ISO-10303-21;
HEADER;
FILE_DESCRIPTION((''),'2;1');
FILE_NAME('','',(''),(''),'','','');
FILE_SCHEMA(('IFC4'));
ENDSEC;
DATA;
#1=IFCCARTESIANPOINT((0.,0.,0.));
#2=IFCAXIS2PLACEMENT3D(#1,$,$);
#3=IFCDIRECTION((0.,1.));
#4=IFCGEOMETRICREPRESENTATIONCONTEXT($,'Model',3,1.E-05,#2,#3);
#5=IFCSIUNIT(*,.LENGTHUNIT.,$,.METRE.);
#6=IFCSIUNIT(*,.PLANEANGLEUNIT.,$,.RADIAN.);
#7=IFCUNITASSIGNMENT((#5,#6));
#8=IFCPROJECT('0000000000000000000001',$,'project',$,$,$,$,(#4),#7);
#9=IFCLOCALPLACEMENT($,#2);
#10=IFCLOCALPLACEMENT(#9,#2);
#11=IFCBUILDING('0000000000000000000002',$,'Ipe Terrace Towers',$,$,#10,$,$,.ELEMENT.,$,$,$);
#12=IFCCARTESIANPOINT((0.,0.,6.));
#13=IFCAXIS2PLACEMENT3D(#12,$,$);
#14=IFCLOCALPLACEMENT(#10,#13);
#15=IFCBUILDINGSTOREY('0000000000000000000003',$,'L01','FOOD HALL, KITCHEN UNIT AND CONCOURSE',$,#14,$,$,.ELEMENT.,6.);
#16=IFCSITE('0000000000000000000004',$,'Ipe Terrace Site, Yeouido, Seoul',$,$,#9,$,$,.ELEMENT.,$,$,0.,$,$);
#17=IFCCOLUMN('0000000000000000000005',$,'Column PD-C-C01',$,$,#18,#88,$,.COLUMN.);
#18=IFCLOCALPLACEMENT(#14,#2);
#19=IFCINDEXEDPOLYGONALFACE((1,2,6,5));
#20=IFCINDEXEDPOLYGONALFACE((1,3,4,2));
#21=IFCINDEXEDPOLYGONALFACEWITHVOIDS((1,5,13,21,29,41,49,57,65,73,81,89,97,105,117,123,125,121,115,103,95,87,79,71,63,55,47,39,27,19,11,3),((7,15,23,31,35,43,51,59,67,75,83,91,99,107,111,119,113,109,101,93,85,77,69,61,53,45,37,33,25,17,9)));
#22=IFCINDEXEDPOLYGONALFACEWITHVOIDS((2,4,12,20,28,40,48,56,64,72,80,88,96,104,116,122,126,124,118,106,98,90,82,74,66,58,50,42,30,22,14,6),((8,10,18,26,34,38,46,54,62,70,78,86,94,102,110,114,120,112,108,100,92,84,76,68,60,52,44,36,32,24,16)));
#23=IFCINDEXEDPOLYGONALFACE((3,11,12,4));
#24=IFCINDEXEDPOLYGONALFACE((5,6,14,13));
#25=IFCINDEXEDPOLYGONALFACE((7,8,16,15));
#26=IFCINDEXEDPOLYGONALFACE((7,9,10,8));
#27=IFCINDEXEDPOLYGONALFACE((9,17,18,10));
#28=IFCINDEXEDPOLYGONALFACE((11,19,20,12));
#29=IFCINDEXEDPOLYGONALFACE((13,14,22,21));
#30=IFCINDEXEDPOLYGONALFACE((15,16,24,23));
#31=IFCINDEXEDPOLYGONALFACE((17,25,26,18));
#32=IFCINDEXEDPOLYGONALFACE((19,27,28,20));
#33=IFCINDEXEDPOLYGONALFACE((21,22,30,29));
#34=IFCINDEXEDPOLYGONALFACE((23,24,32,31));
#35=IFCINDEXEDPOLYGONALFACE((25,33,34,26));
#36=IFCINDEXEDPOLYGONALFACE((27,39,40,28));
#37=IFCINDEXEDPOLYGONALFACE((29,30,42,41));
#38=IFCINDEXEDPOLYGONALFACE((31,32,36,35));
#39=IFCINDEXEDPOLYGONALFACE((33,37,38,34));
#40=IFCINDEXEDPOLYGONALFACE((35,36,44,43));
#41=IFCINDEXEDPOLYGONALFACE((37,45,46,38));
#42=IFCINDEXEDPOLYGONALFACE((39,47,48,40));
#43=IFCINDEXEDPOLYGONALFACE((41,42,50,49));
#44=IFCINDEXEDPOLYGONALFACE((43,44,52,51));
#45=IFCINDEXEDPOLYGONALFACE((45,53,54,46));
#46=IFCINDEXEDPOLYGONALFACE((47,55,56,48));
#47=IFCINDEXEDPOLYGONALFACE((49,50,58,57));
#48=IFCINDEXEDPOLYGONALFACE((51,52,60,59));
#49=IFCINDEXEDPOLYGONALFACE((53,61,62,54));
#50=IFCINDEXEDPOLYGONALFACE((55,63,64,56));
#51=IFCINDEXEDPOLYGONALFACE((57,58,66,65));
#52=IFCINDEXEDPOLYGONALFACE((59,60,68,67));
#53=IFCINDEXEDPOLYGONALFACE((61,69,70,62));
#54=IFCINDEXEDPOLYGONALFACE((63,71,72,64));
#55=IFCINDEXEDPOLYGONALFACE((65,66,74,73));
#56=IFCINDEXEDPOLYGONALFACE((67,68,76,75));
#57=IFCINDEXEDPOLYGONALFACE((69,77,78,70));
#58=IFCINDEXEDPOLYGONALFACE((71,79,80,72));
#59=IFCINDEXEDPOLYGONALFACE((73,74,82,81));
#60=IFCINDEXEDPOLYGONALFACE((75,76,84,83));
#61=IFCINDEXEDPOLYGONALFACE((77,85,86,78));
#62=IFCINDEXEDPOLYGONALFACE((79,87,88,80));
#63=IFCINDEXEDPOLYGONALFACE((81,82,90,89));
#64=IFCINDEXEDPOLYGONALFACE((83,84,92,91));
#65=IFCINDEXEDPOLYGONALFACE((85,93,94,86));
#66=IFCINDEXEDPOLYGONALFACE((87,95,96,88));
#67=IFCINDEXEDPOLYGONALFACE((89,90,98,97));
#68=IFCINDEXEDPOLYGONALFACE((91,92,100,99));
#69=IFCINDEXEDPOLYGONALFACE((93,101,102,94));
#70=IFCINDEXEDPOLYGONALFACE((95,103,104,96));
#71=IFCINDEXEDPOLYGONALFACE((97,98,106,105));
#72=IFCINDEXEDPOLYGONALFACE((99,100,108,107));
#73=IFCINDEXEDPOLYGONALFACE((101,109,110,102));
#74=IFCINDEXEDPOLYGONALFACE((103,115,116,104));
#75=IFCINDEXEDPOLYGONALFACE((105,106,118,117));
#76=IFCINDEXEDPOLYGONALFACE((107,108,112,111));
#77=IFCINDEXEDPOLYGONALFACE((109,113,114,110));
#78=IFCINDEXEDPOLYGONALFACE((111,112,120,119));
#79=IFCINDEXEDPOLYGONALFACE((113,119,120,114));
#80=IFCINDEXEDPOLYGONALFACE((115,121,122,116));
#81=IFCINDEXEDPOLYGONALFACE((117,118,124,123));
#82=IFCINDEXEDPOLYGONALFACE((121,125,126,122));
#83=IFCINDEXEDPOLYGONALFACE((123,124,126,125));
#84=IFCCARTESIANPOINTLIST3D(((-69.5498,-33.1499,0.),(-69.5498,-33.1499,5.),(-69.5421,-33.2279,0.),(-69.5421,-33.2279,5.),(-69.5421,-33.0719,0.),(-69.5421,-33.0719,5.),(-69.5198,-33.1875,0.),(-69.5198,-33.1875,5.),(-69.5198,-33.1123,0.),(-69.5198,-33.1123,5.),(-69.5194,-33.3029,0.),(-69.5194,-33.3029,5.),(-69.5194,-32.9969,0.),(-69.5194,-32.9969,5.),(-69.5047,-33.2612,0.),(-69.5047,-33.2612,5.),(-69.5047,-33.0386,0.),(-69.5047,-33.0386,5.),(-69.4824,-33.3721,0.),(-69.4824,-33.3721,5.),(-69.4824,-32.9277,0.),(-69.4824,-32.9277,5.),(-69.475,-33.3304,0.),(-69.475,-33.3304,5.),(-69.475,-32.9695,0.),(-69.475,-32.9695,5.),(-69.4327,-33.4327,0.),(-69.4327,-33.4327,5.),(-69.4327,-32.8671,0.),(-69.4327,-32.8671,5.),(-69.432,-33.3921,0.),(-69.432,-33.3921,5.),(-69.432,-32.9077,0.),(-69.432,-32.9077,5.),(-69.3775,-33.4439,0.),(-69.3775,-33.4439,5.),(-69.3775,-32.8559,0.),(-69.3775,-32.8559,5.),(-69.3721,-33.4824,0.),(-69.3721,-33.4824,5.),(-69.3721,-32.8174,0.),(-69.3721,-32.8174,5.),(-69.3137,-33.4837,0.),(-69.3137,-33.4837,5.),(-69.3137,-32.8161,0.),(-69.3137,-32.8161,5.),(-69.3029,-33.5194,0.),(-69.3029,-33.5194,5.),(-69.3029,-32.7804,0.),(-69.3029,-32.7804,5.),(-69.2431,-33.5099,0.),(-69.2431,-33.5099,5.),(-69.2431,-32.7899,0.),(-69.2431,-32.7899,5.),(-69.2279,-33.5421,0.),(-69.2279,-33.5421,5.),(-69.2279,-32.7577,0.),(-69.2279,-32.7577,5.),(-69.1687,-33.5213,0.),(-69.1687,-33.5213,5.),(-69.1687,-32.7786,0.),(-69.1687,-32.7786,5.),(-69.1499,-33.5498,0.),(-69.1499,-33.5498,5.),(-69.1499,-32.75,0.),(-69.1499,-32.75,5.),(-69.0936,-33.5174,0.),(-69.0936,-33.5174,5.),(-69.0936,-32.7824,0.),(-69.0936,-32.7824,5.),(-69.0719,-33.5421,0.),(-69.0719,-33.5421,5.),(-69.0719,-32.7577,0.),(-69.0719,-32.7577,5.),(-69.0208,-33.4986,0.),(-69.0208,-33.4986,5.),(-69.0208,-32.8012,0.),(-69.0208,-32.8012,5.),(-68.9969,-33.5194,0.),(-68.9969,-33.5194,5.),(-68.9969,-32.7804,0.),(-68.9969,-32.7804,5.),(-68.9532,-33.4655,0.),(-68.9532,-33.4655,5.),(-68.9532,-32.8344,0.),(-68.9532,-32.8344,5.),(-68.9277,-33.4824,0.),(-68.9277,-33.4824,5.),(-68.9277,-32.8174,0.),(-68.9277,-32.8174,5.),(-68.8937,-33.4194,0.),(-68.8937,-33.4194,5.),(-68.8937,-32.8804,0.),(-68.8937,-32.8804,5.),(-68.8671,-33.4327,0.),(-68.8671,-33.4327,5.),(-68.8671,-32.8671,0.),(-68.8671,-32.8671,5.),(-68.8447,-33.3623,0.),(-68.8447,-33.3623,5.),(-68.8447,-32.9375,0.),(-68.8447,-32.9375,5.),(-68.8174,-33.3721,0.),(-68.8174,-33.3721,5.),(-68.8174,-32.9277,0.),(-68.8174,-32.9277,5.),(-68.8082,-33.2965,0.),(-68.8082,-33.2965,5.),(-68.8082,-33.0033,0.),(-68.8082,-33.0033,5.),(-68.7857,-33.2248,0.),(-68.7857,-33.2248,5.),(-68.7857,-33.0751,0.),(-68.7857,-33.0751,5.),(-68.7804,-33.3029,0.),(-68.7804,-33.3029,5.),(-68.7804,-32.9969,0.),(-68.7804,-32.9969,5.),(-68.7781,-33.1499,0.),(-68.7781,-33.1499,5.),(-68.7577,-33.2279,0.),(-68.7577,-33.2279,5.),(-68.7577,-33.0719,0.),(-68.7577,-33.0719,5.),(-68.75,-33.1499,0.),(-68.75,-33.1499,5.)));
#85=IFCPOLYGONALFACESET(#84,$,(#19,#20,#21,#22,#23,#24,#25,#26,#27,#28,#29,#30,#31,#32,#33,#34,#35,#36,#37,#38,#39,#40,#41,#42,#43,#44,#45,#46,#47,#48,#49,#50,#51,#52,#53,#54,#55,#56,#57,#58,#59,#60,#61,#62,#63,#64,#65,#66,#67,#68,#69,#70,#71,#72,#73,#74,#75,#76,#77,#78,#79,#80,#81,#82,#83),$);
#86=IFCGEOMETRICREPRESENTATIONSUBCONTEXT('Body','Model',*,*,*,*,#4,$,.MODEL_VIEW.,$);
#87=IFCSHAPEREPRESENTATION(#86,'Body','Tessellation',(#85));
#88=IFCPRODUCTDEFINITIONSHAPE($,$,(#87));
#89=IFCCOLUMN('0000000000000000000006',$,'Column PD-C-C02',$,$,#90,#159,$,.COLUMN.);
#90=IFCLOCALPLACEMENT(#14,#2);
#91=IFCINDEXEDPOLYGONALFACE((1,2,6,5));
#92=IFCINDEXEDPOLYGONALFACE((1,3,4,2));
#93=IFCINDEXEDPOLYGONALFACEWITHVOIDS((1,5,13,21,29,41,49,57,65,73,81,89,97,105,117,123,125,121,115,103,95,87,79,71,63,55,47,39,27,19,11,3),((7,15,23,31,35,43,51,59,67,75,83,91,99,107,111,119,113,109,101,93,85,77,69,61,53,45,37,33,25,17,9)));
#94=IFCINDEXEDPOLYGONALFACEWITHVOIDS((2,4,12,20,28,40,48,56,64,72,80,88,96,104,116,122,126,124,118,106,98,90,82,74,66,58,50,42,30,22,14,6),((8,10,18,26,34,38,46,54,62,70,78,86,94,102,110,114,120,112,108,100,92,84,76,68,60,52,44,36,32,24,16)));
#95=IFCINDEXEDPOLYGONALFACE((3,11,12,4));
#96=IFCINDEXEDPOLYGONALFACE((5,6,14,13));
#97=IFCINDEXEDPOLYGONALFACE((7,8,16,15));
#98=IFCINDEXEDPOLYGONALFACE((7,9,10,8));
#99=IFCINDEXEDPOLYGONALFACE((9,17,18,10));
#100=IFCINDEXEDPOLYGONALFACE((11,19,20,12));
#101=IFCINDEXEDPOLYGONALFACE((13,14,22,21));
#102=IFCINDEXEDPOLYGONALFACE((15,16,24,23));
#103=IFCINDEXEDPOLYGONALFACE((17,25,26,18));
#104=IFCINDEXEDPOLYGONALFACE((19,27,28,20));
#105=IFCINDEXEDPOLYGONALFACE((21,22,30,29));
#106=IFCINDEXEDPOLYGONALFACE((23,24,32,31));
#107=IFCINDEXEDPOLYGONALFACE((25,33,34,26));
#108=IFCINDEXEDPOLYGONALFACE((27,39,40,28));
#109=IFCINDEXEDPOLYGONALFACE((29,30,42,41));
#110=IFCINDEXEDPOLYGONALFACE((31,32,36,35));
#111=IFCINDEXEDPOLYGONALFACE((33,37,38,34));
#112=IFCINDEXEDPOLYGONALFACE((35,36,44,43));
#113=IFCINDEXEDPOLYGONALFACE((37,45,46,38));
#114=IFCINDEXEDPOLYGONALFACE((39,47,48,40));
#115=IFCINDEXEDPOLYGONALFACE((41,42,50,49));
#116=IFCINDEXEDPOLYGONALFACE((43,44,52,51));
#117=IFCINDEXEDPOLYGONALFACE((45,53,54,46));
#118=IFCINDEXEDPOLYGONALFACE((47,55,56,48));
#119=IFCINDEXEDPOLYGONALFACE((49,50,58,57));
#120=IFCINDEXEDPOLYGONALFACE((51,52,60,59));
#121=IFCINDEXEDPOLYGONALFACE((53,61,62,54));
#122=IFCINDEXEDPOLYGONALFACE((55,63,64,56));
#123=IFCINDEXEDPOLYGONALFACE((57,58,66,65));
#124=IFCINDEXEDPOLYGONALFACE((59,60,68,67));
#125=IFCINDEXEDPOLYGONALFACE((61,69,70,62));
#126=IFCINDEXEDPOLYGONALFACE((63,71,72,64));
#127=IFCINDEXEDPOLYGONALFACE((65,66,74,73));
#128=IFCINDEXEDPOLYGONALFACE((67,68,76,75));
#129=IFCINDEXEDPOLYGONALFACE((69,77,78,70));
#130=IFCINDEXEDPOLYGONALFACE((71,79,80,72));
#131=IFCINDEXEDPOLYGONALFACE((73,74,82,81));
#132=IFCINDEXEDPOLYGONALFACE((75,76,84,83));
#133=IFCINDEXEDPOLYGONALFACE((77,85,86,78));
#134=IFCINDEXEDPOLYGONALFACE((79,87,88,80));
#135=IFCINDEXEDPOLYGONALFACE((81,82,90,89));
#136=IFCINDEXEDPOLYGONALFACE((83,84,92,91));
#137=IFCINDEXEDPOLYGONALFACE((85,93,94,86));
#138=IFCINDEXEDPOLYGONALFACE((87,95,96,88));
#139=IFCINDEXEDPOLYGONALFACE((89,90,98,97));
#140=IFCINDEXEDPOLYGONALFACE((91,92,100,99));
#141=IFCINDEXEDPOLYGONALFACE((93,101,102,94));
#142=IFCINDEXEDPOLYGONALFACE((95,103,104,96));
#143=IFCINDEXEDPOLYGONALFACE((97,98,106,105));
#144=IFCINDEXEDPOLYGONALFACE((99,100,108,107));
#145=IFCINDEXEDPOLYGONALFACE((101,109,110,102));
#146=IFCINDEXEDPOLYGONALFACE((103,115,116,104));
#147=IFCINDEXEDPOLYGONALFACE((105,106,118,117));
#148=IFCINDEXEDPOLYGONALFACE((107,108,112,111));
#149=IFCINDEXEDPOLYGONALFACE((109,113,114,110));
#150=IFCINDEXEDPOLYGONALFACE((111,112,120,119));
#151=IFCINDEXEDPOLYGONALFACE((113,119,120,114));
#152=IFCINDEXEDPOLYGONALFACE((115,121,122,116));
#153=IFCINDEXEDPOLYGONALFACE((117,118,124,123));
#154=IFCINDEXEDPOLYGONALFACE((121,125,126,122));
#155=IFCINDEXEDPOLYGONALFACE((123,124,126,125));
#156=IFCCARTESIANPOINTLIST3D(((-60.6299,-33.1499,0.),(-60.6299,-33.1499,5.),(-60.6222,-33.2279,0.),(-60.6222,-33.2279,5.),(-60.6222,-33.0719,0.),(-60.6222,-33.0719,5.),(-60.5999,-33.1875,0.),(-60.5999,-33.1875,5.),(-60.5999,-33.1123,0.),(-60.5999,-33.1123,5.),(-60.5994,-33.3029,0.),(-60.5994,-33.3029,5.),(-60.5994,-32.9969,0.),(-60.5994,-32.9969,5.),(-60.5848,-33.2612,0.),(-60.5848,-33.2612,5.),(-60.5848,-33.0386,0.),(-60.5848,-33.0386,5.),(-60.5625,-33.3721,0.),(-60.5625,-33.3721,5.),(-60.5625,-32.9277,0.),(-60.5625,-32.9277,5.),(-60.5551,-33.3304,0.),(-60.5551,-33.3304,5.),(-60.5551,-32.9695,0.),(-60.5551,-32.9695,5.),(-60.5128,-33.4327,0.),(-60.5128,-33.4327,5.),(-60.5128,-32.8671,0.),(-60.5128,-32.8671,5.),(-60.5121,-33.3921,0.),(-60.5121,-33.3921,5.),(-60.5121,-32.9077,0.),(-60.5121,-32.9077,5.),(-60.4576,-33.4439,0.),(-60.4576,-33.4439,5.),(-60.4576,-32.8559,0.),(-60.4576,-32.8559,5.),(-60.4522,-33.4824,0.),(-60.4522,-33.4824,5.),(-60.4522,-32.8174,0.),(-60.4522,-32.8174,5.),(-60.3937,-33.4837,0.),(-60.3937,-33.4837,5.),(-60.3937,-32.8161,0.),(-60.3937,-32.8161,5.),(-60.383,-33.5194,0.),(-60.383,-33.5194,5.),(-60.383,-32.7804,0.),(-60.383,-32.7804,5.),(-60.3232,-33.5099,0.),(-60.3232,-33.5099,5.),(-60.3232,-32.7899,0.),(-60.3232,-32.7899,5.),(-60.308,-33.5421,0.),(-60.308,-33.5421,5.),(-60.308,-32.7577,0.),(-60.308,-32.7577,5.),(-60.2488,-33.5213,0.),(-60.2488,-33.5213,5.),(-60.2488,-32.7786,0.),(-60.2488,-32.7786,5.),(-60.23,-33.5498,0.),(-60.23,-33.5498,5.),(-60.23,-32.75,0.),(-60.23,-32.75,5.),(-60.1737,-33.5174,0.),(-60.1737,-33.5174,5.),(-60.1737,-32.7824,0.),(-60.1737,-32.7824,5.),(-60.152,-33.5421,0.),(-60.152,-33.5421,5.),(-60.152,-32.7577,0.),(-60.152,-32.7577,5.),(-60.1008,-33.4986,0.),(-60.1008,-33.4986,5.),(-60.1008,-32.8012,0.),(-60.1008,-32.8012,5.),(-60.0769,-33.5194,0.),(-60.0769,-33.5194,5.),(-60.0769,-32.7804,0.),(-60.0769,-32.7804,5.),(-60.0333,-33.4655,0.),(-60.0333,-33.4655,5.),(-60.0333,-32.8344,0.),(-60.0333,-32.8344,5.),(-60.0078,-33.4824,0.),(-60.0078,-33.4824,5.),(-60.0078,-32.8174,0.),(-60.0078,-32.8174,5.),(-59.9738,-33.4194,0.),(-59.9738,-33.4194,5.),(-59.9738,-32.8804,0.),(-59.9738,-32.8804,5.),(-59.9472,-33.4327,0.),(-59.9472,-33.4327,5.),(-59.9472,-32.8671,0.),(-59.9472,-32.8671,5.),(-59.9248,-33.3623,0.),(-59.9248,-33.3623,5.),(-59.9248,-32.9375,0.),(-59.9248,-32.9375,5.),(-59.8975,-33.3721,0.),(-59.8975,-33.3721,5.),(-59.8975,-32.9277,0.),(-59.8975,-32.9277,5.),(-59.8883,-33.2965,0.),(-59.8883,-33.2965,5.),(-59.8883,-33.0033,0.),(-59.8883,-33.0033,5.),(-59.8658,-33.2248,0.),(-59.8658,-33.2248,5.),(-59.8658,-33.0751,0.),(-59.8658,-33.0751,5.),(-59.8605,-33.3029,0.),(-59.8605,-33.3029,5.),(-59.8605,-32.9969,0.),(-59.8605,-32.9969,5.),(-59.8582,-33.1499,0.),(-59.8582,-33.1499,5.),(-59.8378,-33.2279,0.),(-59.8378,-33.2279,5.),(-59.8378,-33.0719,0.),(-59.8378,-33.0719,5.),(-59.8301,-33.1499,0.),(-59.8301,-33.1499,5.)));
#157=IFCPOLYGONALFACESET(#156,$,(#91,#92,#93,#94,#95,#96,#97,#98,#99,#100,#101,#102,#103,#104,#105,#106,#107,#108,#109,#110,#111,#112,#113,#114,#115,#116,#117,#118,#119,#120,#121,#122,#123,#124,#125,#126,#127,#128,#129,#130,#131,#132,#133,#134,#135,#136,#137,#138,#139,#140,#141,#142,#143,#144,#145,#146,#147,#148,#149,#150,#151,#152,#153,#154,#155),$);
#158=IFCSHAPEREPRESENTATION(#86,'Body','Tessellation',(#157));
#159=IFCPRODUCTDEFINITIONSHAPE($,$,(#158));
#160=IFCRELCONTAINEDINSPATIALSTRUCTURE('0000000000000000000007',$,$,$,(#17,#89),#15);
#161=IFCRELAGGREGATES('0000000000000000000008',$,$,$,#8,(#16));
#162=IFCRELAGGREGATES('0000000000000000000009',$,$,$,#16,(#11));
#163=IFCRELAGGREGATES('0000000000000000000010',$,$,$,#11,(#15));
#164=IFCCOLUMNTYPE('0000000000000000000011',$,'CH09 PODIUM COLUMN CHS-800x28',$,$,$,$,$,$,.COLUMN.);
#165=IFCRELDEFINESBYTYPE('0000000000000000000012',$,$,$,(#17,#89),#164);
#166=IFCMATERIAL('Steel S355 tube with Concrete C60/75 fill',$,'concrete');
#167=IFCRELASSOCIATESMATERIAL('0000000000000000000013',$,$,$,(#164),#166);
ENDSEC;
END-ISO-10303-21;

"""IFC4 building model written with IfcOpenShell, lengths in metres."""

from ifc_helpers import new_model, si_unit, direction, frame, origin, origin_2d, place, context, subcontext, project, spatial, hollow_circle, extrude, material, material_profile, profile_set, type_object, element, save


model = new_model("IFC4")

# Units and contexts
model_context = context("Model", 3, precision=1e-05, world=origin(), true_north=direction((0.0, 1.0)))
body_context = subcontext(model_context, "Body", "Model", "MODEL_VIEW")
ifc_project = project(units=[si_unit("LENGTHUNIT", "METRE"), si_unit("PLANEANGLEUNIT", "RADIAN")], contexts=[model_context])

# Site, building, storey
site_placement = place(None, origin())
site = spatial("IfcSite", under=ifc_project, at=site_placement, Name="Ipe Terrace Site, Yeouido, Seoul", CompositionType="ELEMENT", RefElevation=0.0)
building_placement = place(site_placement, origin())
building = spatial("IfcBuilding", under=site, at=building_placement, Name="Ipe Terrace Towers", CompositionType="ELEMENT")
storey_placement = place(building_placement, frame((0.0, 0.0, 6.0)))
storey = spatial("IfcBuildingStorey", under=building, at=storey_placement, Name="L01", Description="FOOD HALL, KITCHEN UNIT AND CONCOURSE", CompositionType="ELEMENT", Elevation=6.0)

# Columns
ifc_material_1 = material(Name="Steel S355 tube with Concrete C60/75 fill", Category="concrete")
ifc_material_profile_1 = material_profile(ifc_material_1, hollow_circle(Radius=0.3999, WallThickness=0.0281, at=origin_2d()), Name="CHS-800x28")
ifc_profile_set_1 = profile_set([ifc_material_profile_1], Name="Steel S355 tube with Concrete C60/75 fill")
column_type = type_object("IfcColumnType", Name="CH09 PODIUM COLUMN CHS-800x28", PredefinedType="COLUMN", material=ifc_profile_set_1)
for number, where, z_axis, x_axis, name in (
    (1, (-69.1499, -33.1499, 0.0), (0.0, 0.0, 1.0), (1.0, 0.0, 0.0), "Column PD-C-C01"),
    (2, (-60.23, -33.1499, 0.0), (0.0, 0.0, 1.0), (1.0, 0.0, 0.0), "Column PD-C-C02"),
):
    element("IfcColumn", number, at=place(storey_placement, frame(where, z_axis=z_axis, x_axis=x_axis)), inside=storey, type_object=column_type, Name=name, PredefinedType="COLUMN", context=body_context, shape_type="SweptSolid", body=[
        extrude(hollow_circle(Radius=0.3999, WallThickness=0.0281, at=origin_2d()), origin(), (0.0, 0.0, 1.0), 5.0),
    ])

save(model, "model.ifc")
